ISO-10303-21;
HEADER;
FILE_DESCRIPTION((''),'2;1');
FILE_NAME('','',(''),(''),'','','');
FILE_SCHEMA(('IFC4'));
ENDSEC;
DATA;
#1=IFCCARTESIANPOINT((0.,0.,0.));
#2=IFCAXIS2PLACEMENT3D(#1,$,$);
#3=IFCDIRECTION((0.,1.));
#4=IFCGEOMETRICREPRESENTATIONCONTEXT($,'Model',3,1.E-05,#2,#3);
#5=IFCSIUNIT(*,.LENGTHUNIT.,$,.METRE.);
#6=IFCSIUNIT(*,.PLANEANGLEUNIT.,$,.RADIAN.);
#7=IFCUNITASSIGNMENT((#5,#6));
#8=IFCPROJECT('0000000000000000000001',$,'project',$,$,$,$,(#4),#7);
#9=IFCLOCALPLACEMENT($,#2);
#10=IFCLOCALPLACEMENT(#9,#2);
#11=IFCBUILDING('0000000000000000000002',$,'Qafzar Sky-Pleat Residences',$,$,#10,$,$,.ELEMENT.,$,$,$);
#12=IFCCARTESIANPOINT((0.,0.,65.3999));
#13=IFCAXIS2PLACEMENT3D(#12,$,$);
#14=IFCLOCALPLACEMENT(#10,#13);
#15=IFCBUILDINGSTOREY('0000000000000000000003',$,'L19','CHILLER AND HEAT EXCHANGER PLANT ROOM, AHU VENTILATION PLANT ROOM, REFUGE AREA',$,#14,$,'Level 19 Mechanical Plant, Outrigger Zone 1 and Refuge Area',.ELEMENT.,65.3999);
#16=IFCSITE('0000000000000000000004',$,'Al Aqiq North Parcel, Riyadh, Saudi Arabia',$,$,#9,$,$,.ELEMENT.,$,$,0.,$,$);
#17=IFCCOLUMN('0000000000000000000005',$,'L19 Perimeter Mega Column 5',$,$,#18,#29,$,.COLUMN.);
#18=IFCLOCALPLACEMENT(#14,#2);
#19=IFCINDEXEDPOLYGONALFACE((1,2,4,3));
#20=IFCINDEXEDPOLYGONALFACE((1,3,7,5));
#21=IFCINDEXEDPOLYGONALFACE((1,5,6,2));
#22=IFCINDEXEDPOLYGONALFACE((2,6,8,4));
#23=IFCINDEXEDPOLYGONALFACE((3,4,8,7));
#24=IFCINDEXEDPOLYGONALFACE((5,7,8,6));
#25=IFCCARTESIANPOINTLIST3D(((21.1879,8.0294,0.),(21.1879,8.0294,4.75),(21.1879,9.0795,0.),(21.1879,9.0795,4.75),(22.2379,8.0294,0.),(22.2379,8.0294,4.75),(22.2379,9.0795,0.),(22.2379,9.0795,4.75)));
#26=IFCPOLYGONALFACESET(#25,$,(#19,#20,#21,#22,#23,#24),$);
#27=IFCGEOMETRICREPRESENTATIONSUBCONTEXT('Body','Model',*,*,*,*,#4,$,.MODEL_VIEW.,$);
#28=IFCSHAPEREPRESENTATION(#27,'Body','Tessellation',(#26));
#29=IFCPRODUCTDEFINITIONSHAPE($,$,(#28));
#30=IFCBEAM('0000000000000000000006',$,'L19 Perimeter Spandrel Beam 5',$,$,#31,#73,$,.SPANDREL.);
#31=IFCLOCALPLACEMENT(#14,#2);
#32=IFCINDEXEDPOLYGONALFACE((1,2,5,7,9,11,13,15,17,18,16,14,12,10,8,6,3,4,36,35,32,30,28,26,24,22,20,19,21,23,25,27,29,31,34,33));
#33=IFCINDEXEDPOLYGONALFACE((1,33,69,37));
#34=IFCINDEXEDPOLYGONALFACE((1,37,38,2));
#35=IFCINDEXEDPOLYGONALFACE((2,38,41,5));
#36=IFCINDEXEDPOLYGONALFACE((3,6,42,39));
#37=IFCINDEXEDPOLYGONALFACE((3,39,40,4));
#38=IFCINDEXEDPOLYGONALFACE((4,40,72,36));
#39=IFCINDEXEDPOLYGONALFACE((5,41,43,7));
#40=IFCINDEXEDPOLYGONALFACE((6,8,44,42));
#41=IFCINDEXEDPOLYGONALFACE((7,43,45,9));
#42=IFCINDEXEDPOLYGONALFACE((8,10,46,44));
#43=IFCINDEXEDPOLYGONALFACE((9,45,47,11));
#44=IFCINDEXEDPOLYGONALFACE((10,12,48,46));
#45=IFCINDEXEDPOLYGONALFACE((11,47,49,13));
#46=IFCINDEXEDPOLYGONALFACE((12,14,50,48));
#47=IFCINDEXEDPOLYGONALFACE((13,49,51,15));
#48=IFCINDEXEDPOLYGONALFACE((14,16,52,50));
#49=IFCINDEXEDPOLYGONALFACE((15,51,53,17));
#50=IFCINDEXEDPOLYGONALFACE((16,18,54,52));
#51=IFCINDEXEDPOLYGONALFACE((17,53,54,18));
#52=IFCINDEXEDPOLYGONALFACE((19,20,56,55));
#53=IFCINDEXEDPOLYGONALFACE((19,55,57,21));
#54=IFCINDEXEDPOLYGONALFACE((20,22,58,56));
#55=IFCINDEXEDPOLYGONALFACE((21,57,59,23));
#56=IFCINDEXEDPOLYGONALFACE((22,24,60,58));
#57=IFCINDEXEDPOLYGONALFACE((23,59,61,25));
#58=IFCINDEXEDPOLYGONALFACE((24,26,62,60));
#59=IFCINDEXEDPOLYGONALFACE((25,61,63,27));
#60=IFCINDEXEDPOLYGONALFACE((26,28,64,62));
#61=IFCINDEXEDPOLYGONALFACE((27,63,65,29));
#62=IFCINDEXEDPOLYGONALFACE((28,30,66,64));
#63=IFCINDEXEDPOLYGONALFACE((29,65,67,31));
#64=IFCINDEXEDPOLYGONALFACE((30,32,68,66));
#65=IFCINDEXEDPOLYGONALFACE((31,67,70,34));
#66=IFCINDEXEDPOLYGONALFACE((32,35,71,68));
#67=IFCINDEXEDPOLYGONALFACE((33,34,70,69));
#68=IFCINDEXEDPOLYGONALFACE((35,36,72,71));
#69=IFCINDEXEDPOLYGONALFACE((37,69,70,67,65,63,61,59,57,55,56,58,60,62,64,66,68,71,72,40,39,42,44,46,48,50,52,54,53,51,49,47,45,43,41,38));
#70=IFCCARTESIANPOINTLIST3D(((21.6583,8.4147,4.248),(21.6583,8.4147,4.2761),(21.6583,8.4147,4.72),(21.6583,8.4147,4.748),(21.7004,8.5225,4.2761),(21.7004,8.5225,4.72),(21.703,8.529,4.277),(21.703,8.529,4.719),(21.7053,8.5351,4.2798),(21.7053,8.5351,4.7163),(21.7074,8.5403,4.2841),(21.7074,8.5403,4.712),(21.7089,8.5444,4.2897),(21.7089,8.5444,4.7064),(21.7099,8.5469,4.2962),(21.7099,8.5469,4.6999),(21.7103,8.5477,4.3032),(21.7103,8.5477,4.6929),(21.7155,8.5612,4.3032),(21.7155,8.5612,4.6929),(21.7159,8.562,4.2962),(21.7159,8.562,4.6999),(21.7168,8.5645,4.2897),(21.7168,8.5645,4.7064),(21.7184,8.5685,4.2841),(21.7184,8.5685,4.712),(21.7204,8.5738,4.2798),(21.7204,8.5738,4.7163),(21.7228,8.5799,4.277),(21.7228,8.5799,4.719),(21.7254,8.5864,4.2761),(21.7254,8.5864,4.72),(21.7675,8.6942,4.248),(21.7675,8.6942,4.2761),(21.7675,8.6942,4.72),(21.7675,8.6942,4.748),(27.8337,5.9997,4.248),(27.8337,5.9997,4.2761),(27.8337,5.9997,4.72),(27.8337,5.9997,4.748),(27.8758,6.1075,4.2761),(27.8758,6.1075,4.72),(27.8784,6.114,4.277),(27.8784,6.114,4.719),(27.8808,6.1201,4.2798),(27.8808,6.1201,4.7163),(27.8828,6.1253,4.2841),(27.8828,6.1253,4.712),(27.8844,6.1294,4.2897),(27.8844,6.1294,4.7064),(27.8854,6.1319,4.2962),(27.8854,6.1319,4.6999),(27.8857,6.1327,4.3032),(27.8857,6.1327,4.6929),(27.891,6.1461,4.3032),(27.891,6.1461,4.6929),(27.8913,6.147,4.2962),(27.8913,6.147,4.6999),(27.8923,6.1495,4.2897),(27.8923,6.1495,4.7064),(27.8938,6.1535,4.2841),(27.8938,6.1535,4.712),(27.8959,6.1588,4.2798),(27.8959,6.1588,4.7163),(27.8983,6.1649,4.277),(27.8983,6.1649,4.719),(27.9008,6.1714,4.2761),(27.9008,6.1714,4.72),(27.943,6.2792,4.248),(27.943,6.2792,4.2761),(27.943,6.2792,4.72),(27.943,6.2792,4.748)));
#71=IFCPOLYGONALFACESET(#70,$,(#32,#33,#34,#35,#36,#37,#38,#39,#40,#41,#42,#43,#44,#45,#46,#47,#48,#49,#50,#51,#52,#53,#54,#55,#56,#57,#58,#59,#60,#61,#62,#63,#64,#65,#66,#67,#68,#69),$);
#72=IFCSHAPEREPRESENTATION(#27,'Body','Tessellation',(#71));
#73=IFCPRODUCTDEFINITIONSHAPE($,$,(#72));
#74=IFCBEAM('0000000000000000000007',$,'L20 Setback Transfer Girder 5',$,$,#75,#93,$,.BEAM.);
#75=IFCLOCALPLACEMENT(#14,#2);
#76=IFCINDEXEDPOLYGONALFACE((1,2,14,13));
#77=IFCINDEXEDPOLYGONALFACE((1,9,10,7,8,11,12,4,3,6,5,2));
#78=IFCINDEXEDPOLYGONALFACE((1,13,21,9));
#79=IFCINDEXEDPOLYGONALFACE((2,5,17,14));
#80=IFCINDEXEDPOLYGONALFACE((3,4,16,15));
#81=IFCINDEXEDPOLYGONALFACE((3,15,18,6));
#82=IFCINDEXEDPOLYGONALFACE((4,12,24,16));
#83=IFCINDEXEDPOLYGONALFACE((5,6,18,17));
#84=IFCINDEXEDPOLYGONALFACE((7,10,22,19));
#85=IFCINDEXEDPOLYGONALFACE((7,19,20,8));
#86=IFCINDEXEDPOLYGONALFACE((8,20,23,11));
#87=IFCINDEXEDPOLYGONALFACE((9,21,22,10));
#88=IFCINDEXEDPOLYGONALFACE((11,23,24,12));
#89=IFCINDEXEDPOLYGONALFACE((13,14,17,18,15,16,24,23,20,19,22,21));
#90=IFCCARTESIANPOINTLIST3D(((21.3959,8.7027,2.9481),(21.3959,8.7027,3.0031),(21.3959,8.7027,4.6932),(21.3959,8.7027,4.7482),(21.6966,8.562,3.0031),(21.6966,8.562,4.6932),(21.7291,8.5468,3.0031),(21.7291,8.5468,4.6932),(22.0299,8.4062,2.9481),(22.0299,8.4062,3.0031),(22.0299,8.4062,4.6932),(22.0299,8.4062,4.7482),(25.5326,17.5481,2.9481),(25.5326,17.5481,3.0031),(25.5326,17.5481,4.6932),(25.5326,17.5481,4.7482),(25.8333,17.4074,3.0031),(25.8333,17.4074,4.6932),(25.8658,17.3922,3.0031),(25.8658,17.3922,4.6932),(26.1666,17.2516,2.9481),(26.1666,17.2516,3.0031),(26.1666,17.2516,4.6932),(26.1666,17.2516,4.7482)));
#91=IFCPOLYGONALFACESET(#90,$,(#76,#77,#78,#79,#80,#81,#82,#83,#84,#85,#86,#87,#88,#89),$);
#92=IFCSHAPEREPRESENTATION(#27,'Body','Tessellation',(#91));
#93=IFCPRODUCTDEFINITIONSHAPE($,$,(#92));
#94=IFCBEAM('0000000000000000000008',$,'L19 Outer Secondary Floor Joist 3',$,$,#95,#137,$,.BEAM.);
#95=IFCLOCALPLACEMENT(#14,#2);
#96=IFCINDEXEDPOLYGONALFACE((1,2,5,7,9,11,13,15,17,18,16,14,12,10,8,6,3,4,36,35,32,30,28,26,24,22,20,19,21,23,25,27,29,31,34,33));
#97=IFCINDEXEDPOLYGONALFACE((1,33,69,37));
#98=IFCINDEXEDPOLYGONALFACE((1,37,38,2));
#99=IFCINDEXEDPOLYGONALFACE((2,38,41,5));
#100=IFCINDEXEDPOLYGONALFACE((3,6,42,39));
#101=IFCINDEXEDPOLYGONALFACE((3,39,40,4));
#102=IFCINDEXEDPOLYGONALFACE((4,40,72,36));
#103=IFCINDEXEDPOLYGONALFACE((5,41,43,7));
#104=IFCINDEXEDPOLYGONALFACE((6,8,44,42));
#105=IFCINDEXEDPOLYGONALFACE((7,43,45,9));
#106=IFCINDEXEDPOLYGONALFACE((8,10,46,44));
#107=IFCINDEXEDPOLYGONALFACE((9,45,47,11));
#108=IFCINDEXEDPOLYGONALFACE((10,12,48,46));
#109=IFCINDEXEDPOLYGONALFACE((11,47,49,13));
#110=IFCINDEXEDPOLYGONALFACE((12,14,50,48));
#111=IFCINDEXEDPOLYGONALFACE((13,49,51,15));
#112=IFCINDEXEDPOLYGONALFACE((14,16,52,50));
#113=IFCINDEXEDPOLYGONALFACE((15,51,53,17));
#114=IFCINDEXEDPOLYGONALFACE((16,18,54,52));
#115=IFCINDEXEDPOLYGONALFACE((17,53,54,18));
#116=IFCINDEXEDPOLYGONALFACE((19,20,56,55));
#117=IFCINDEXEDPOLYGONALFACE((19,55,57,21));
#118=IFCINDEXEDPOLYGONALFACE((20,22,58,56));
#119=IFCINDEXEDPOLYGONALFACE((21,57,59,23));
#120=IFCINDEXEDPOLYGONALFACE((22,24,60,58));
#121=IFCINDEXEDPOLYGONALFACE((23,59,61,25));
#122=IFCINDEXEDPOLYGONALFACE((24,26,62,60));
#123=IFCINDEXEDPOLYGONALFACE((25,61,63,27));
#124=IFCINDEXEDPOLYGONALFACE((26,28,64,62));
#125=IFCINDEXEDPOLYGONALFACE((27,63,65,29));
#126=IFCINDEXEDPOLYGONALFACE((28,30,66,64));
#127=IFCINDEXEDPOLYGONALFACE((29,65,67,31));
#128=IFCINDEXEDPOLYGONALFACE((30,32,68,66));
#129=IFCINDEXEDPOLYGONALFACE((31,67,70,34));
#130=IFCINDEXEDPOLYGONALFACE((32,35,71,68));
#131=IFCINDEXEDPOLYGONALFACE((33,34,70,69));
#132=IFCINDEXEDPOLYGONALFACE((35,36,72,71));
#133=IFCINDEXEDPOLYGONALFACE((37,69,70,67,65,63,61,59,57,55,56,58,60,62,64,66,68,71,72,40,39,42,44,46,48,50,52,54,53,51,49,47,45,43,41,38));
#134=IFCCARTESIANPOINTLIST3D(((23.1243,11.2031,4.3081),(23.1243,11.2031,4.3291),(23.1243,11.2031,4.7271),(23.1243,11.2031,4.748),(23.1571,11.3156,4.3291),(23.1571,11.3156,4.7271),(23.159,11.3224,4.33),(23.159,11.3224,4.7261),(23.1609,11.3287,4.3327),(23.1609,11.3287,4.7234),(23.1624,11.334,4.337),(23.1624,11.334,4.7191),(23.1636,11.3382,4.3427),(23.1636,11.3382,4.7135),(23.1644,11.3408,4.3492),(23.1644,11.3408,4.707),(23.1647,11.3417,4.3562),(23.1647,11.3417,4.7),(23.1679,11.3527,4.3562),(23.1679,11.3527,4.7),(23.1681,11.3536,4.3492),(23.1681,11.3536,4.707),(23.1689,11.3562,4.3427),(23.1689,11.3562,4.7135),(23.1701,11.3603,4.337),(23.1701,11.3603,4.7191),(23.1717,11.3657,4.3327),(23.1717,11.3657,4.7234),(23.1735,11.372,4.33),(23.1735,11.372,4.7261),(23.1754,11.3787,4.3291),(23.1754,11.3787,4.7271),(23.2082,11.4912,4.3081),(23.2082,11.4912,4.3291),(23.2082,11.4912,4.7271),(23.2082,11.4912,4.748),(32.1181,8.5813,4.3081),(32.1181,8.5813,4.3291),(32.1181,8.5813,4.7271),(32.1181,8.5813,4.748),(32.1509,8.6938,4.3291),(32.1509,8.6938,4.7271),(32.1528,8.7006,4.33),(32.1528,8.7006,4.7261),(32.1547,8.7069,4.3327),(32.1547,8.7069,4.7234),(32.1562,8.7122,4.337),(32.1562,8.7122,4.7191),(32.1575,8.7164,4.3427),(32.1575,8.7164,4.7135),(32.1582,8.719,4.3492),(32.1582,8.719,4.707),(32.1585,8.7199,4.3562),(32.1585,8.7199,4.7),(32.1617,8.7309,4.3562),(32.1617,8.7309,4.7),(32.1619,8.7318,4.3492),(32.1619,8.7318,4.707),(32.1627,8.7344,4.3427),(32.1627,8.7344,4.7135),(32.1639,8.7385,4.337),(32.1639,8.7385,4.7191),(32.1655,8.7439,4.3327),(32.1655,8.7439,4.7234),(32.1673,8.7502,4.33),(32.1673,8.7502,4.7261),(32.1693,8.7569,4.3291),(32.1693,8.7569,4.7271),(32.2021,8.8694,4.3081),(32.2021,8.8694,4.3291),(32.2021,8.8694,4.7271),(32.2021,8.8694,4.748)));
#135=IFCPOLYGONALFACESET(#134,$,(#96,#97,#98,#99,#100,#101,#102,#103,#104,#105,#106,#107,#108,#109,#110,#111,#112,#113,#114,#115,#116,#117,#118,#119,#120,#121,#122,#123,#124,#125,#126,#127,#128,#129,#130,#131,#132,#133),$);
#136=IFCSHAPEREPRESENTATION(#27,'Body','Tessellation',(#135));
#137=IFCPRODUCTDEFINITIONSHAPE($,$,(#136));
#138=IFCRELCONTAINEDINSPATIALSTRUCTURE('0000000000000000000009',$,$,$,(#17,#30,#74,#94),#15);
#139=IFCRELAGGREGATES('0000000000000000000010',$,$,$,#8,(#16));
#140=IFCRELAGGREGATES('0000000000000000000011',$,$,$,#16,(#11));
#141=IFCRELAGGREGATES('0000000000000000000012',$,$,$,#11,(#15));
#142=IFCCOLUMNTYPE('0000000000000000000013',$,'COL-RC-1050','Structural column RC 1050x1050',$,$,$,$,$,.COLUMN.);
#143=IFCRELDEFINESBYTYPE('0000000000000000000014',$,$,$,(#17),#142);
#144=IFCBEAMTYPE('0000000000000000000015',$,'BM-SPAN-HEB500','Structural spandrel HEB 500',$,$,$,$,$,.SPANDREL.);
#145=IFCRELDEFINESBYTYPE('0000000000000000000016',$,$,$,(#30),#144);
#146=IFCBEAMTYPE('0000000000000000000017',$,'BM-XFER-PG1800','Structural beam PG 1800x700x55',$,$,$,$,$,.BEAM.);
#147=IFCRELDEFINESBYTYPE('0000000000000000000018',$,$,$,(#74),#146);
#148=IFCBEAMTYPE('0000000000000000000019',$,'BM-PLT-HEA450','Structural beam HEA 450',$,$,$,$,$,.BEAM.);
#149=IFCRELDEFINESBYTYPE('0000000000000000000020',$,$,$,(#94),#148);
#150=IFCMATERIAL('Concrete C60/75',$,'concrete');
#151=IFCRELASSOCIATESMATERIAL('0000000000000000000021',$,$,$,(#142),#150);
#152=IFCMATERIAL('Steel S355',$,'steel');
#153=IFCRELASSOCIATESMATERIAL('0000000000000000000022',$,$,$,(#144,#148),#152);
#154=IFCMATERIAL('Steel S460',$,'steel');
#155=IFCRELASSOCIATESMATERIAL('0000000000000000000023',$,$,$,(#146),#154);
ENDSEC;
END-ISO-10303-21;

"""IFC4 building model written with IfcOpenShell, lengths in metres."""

from ifc_helpers import new_model, si_unit, direction, frame, origin, origin_2d, place, context, subcontext, project, spatial, rectangle, i_section, extrude, source, transform, mapped, material, material_profile, profile_set, type_object, element, save


model = new_model("IFC4")

# Units and contexts
model_context = context("Model", 3, precision=1e-05, world=origin(), true_north=direction((0.0, 1.0)))
body_context = subcontext(model_context, "Body", "Model", "MODEL_VIEW")
ifc_project = project(units=[si_unit("LENGTHUNIT", "METRE"), si_unit("PLANEANGLEUNIT", "RADIAN")], contexts=[model_context])

# Site, building, storey
site_placement = place(None, origin())
site = spatial("IfcSite", under=ifc_project, at=site_placement, Name="Al Aqiq North Parcel, Riyadh, Saudi Arabia", CompositionType="ELEMENT", RefElevation=0.0)
building_placement = place(site_placement, origin())
building = spatial("IfcBuilding", under=site, at=building_placement, Name="Qafzar Sky-Pleat Residences", CompositionType="ELEMENT")
storey_placement = place(building_placement, frame((0.0, 0.0, 65.3999)))
storey = spatial("IfcBuildingStorey", under=building, at=storey_placement, Name="L19", Description="CHILLER AND HEAT EXCHANGER PLANT ROOM, AHU VENTILATION PLANT ROOM, REFUGE AREA", LongName="Level 19 Mechanical Plant, Outrigger Zone 1 and Refuge Area", CompositionType="ELEMENT", Elevation=65.3999)

# Column
ifc_material_1 = material(Name="Concrete C60/75", Category="concrete")
ifc_material_profile_1 = material_profile(ifc_material_1, rectangle(XDim=1.05, YDim=1.05, at=origin_2d()), Name="RC 1050x1050")
ifc_profile_set_1 = profile_set([ifc_material_profile_1], Name="Concrete C60/75")
column_type = type_object("IfcColumnType", Name="COL-RC-1050", Description="Structural column RC 1050x1050", PredefinedType="COLUMN", material=ifc_profile_set_1)
shared_shape_1 = source(origin(), body_context, "Body", "SweptSolid", [
    extrude(rectangle(XDim=1.05, YDim=1.05, at=origin_2d()), origin(), (0.0, 0.0, 1.0), 4.75),
])
column_placement = place(storey_placement, frame((21.7129, 8.5544, 0.0), z_axis=(0.0, 0.0, 1.0), x_axis=(1.0, 0.0, 0.0)))
element("IfcColumn", 1, at=column_placement, inside=storey, type_object=column_type, Name="L19 Perimeter Mega Column 5", PredefinedType="COLUMN", context=body_context, shape_type="MappedRepresentation", body=[
    mapped(shared_shape_1, transform((0.0, 0.0, 0.0), x_axis=(1.0, 0.0, 0.0), y_axis=(0.0, 1.0, 0.0), z_axis=(0.0, 0.0, 1.0), scale=1.0)),
])

# Beams
ifc_material_2 = material(Name="Steel S355", Category="steel")
ifc_material_profile_2 = material_profile(ifc_material_2, i_section(OverallWidth=0.3, OverallDepth=0.5, WebThickness=0.0144, FlangeThickness=0.0281, FilletRadius=0.0271, at=origin_2d()), Name="HEB 500")
ifc_profile_set_2 = profile_set([ifc_material_profile_2], Name="Steel S355")
beam_type_1 = type_object("IfcBeamType", Name="BM-SPAN-HEB500", Description="Structural spandrel HEB 500", PredefinedType="SPANDREL", material=ifc_profile_set_2)
shared_shape_2 = source(origin(), body_context, "Body", "SweptSolid", [
    extrude(i_section(OverallWidth=0.3, OverallDepth=0.5, WebThickness=0.0144, FlangeThickness=0.0281, FilletRadius=0.0271, at=origin_2d()), origin(), (0.0, 0.0, 1.0), 6.6309),
])
beam_1_placement = place(storey_placement, frame((21.7129, 8.5544, 4.498), z_axis=(0.931318, -0.364206, 0.0), x_axis=(0.364206, 0.931318, 0.0)))
element("IfcBeam", 2, at=beam_1_placement, inside=storey, type_object=beam_type_1, Name="L19 Perimeter Spandrel Beam 5", PredefinedType="SPANDREL", context=body_context, shape_type="MappedRepresentation", body=[
    mapped(shared_shape_2, transform((0.0, 0.0, 0.0), x_axis=(1.0, 0.0, 0.0), y_axis=(0.0, 1.0, 0.0), z_axis=(0.0, 0.0, 1.0), scale=1.0)),
])
ifc_material_3 = material(Name="Steel S460", Category="steel")
ifc_material_profile_3 = material_profile(ifc_material_3, i_section(OverallWidth=0.7, OverallDepth=1.8, WebThickness=0.0359, FlangeThickness=0.0549, at=origin_2d()), Name="PG 1800x700x55")
ifc_profile_set_3 = profile_set([ifc_material_profile_3], Name="Steel S460")
beam_type_2 = type_object("IfcBeamType", Name="BM-XFER-PG1800", Description="Structural beam PG 1800x700x55", PredefinedType="BEAM", material=ifc_profile_set_3)
shared_shape_3 = source(origin(), body_context, "Body", "SweptSolid", [
    extrude(i_section(OverallWidth=0.7, OverallDepth=1.8, WebThickness=0.0359, FlangeThickness=0.0549, at=origin_2d()), origin(), (0.0, 0.0, 1.0), 9.7649),
])
beam_2_placement = place(storey_placement, frame((21.7129, 8.5544, 3.8481), z_axis=(0.423629, 0.905836, 0.0), x_axis=(-0.905836, 0.423629, 0.0)))
element("IfcBeam", 3, at=beam_2_placement, inside=storey, type_object=beam_type_2, Name="L20 Setback Transfer Girder 5", PredefinedType="BEAM", context=body_context, shape_type="MappedRepresentation", body=[
    mapped(shared_shape_3, transform((0.0, 0.0, 0.0), x_axis=(1.0, 0.0, 0.0), y_axis=(0.0, 1.0, 0.0), z_axis=(0.0, 0.0, 1.0), scale=1.0)),
])
ifc_material_profile_4 = material_profile(ifc_material_2, i_section(OverallWidth=0.3, OverallDepth=0.4399, WebThickness=0.0115, FlangeThickness=0.021, FilletRadius=0.0271, at=origin_2d()), Name="HEA 450")
ifc_profile_set_4 = profile_set([ifc_material_profile_4], Name="Steel S355")
beam_type_3 = type_object("IfcBeamType", Name="BM-PLT-HEA450", Description="Structural beam HEA 450", PredefinedType="BEAM", material=ifc_profile_set_4)
shared_shape_4 = source(origin(), body_context, "Body", "SweptSolid", [
    extrude(i_section(OverallWidth=0.3, OverallDepth=0.4399, WebThickness=0.0115, FlangeThickness=0.021, FilletRadius=0.0271, at=origin_2d()), origin(), (0.0, 0.0, 1.0), 9.3682),
])
beam_3_placement = place(storey_placement, frame((23.1663, 11.3472, 4.5281), z_axis=(0.96004, -0.279863, 0.0), x_axis=(0.279863, 0.96004, 0.0)))
element("IfcBeam", 4, at=beam_3_placement, inside=storey, type_object=beam_type_3, Name="L19 Outer Secondary Floor Joist 3", PredefinedType="BEAM", context=body_context, shape_type="MappedRepresentation", body=[
    mapped(shared_shape_4, transform((0.0, 0.0, 0.0), x_axis=(1.0, 0.0, 0.0), y_axis=(0.0, 1.0, 0.0), z_axis=(0.0, 0.0, 1.0), scale=1.0)),
])

save(model, "model.ifc")
